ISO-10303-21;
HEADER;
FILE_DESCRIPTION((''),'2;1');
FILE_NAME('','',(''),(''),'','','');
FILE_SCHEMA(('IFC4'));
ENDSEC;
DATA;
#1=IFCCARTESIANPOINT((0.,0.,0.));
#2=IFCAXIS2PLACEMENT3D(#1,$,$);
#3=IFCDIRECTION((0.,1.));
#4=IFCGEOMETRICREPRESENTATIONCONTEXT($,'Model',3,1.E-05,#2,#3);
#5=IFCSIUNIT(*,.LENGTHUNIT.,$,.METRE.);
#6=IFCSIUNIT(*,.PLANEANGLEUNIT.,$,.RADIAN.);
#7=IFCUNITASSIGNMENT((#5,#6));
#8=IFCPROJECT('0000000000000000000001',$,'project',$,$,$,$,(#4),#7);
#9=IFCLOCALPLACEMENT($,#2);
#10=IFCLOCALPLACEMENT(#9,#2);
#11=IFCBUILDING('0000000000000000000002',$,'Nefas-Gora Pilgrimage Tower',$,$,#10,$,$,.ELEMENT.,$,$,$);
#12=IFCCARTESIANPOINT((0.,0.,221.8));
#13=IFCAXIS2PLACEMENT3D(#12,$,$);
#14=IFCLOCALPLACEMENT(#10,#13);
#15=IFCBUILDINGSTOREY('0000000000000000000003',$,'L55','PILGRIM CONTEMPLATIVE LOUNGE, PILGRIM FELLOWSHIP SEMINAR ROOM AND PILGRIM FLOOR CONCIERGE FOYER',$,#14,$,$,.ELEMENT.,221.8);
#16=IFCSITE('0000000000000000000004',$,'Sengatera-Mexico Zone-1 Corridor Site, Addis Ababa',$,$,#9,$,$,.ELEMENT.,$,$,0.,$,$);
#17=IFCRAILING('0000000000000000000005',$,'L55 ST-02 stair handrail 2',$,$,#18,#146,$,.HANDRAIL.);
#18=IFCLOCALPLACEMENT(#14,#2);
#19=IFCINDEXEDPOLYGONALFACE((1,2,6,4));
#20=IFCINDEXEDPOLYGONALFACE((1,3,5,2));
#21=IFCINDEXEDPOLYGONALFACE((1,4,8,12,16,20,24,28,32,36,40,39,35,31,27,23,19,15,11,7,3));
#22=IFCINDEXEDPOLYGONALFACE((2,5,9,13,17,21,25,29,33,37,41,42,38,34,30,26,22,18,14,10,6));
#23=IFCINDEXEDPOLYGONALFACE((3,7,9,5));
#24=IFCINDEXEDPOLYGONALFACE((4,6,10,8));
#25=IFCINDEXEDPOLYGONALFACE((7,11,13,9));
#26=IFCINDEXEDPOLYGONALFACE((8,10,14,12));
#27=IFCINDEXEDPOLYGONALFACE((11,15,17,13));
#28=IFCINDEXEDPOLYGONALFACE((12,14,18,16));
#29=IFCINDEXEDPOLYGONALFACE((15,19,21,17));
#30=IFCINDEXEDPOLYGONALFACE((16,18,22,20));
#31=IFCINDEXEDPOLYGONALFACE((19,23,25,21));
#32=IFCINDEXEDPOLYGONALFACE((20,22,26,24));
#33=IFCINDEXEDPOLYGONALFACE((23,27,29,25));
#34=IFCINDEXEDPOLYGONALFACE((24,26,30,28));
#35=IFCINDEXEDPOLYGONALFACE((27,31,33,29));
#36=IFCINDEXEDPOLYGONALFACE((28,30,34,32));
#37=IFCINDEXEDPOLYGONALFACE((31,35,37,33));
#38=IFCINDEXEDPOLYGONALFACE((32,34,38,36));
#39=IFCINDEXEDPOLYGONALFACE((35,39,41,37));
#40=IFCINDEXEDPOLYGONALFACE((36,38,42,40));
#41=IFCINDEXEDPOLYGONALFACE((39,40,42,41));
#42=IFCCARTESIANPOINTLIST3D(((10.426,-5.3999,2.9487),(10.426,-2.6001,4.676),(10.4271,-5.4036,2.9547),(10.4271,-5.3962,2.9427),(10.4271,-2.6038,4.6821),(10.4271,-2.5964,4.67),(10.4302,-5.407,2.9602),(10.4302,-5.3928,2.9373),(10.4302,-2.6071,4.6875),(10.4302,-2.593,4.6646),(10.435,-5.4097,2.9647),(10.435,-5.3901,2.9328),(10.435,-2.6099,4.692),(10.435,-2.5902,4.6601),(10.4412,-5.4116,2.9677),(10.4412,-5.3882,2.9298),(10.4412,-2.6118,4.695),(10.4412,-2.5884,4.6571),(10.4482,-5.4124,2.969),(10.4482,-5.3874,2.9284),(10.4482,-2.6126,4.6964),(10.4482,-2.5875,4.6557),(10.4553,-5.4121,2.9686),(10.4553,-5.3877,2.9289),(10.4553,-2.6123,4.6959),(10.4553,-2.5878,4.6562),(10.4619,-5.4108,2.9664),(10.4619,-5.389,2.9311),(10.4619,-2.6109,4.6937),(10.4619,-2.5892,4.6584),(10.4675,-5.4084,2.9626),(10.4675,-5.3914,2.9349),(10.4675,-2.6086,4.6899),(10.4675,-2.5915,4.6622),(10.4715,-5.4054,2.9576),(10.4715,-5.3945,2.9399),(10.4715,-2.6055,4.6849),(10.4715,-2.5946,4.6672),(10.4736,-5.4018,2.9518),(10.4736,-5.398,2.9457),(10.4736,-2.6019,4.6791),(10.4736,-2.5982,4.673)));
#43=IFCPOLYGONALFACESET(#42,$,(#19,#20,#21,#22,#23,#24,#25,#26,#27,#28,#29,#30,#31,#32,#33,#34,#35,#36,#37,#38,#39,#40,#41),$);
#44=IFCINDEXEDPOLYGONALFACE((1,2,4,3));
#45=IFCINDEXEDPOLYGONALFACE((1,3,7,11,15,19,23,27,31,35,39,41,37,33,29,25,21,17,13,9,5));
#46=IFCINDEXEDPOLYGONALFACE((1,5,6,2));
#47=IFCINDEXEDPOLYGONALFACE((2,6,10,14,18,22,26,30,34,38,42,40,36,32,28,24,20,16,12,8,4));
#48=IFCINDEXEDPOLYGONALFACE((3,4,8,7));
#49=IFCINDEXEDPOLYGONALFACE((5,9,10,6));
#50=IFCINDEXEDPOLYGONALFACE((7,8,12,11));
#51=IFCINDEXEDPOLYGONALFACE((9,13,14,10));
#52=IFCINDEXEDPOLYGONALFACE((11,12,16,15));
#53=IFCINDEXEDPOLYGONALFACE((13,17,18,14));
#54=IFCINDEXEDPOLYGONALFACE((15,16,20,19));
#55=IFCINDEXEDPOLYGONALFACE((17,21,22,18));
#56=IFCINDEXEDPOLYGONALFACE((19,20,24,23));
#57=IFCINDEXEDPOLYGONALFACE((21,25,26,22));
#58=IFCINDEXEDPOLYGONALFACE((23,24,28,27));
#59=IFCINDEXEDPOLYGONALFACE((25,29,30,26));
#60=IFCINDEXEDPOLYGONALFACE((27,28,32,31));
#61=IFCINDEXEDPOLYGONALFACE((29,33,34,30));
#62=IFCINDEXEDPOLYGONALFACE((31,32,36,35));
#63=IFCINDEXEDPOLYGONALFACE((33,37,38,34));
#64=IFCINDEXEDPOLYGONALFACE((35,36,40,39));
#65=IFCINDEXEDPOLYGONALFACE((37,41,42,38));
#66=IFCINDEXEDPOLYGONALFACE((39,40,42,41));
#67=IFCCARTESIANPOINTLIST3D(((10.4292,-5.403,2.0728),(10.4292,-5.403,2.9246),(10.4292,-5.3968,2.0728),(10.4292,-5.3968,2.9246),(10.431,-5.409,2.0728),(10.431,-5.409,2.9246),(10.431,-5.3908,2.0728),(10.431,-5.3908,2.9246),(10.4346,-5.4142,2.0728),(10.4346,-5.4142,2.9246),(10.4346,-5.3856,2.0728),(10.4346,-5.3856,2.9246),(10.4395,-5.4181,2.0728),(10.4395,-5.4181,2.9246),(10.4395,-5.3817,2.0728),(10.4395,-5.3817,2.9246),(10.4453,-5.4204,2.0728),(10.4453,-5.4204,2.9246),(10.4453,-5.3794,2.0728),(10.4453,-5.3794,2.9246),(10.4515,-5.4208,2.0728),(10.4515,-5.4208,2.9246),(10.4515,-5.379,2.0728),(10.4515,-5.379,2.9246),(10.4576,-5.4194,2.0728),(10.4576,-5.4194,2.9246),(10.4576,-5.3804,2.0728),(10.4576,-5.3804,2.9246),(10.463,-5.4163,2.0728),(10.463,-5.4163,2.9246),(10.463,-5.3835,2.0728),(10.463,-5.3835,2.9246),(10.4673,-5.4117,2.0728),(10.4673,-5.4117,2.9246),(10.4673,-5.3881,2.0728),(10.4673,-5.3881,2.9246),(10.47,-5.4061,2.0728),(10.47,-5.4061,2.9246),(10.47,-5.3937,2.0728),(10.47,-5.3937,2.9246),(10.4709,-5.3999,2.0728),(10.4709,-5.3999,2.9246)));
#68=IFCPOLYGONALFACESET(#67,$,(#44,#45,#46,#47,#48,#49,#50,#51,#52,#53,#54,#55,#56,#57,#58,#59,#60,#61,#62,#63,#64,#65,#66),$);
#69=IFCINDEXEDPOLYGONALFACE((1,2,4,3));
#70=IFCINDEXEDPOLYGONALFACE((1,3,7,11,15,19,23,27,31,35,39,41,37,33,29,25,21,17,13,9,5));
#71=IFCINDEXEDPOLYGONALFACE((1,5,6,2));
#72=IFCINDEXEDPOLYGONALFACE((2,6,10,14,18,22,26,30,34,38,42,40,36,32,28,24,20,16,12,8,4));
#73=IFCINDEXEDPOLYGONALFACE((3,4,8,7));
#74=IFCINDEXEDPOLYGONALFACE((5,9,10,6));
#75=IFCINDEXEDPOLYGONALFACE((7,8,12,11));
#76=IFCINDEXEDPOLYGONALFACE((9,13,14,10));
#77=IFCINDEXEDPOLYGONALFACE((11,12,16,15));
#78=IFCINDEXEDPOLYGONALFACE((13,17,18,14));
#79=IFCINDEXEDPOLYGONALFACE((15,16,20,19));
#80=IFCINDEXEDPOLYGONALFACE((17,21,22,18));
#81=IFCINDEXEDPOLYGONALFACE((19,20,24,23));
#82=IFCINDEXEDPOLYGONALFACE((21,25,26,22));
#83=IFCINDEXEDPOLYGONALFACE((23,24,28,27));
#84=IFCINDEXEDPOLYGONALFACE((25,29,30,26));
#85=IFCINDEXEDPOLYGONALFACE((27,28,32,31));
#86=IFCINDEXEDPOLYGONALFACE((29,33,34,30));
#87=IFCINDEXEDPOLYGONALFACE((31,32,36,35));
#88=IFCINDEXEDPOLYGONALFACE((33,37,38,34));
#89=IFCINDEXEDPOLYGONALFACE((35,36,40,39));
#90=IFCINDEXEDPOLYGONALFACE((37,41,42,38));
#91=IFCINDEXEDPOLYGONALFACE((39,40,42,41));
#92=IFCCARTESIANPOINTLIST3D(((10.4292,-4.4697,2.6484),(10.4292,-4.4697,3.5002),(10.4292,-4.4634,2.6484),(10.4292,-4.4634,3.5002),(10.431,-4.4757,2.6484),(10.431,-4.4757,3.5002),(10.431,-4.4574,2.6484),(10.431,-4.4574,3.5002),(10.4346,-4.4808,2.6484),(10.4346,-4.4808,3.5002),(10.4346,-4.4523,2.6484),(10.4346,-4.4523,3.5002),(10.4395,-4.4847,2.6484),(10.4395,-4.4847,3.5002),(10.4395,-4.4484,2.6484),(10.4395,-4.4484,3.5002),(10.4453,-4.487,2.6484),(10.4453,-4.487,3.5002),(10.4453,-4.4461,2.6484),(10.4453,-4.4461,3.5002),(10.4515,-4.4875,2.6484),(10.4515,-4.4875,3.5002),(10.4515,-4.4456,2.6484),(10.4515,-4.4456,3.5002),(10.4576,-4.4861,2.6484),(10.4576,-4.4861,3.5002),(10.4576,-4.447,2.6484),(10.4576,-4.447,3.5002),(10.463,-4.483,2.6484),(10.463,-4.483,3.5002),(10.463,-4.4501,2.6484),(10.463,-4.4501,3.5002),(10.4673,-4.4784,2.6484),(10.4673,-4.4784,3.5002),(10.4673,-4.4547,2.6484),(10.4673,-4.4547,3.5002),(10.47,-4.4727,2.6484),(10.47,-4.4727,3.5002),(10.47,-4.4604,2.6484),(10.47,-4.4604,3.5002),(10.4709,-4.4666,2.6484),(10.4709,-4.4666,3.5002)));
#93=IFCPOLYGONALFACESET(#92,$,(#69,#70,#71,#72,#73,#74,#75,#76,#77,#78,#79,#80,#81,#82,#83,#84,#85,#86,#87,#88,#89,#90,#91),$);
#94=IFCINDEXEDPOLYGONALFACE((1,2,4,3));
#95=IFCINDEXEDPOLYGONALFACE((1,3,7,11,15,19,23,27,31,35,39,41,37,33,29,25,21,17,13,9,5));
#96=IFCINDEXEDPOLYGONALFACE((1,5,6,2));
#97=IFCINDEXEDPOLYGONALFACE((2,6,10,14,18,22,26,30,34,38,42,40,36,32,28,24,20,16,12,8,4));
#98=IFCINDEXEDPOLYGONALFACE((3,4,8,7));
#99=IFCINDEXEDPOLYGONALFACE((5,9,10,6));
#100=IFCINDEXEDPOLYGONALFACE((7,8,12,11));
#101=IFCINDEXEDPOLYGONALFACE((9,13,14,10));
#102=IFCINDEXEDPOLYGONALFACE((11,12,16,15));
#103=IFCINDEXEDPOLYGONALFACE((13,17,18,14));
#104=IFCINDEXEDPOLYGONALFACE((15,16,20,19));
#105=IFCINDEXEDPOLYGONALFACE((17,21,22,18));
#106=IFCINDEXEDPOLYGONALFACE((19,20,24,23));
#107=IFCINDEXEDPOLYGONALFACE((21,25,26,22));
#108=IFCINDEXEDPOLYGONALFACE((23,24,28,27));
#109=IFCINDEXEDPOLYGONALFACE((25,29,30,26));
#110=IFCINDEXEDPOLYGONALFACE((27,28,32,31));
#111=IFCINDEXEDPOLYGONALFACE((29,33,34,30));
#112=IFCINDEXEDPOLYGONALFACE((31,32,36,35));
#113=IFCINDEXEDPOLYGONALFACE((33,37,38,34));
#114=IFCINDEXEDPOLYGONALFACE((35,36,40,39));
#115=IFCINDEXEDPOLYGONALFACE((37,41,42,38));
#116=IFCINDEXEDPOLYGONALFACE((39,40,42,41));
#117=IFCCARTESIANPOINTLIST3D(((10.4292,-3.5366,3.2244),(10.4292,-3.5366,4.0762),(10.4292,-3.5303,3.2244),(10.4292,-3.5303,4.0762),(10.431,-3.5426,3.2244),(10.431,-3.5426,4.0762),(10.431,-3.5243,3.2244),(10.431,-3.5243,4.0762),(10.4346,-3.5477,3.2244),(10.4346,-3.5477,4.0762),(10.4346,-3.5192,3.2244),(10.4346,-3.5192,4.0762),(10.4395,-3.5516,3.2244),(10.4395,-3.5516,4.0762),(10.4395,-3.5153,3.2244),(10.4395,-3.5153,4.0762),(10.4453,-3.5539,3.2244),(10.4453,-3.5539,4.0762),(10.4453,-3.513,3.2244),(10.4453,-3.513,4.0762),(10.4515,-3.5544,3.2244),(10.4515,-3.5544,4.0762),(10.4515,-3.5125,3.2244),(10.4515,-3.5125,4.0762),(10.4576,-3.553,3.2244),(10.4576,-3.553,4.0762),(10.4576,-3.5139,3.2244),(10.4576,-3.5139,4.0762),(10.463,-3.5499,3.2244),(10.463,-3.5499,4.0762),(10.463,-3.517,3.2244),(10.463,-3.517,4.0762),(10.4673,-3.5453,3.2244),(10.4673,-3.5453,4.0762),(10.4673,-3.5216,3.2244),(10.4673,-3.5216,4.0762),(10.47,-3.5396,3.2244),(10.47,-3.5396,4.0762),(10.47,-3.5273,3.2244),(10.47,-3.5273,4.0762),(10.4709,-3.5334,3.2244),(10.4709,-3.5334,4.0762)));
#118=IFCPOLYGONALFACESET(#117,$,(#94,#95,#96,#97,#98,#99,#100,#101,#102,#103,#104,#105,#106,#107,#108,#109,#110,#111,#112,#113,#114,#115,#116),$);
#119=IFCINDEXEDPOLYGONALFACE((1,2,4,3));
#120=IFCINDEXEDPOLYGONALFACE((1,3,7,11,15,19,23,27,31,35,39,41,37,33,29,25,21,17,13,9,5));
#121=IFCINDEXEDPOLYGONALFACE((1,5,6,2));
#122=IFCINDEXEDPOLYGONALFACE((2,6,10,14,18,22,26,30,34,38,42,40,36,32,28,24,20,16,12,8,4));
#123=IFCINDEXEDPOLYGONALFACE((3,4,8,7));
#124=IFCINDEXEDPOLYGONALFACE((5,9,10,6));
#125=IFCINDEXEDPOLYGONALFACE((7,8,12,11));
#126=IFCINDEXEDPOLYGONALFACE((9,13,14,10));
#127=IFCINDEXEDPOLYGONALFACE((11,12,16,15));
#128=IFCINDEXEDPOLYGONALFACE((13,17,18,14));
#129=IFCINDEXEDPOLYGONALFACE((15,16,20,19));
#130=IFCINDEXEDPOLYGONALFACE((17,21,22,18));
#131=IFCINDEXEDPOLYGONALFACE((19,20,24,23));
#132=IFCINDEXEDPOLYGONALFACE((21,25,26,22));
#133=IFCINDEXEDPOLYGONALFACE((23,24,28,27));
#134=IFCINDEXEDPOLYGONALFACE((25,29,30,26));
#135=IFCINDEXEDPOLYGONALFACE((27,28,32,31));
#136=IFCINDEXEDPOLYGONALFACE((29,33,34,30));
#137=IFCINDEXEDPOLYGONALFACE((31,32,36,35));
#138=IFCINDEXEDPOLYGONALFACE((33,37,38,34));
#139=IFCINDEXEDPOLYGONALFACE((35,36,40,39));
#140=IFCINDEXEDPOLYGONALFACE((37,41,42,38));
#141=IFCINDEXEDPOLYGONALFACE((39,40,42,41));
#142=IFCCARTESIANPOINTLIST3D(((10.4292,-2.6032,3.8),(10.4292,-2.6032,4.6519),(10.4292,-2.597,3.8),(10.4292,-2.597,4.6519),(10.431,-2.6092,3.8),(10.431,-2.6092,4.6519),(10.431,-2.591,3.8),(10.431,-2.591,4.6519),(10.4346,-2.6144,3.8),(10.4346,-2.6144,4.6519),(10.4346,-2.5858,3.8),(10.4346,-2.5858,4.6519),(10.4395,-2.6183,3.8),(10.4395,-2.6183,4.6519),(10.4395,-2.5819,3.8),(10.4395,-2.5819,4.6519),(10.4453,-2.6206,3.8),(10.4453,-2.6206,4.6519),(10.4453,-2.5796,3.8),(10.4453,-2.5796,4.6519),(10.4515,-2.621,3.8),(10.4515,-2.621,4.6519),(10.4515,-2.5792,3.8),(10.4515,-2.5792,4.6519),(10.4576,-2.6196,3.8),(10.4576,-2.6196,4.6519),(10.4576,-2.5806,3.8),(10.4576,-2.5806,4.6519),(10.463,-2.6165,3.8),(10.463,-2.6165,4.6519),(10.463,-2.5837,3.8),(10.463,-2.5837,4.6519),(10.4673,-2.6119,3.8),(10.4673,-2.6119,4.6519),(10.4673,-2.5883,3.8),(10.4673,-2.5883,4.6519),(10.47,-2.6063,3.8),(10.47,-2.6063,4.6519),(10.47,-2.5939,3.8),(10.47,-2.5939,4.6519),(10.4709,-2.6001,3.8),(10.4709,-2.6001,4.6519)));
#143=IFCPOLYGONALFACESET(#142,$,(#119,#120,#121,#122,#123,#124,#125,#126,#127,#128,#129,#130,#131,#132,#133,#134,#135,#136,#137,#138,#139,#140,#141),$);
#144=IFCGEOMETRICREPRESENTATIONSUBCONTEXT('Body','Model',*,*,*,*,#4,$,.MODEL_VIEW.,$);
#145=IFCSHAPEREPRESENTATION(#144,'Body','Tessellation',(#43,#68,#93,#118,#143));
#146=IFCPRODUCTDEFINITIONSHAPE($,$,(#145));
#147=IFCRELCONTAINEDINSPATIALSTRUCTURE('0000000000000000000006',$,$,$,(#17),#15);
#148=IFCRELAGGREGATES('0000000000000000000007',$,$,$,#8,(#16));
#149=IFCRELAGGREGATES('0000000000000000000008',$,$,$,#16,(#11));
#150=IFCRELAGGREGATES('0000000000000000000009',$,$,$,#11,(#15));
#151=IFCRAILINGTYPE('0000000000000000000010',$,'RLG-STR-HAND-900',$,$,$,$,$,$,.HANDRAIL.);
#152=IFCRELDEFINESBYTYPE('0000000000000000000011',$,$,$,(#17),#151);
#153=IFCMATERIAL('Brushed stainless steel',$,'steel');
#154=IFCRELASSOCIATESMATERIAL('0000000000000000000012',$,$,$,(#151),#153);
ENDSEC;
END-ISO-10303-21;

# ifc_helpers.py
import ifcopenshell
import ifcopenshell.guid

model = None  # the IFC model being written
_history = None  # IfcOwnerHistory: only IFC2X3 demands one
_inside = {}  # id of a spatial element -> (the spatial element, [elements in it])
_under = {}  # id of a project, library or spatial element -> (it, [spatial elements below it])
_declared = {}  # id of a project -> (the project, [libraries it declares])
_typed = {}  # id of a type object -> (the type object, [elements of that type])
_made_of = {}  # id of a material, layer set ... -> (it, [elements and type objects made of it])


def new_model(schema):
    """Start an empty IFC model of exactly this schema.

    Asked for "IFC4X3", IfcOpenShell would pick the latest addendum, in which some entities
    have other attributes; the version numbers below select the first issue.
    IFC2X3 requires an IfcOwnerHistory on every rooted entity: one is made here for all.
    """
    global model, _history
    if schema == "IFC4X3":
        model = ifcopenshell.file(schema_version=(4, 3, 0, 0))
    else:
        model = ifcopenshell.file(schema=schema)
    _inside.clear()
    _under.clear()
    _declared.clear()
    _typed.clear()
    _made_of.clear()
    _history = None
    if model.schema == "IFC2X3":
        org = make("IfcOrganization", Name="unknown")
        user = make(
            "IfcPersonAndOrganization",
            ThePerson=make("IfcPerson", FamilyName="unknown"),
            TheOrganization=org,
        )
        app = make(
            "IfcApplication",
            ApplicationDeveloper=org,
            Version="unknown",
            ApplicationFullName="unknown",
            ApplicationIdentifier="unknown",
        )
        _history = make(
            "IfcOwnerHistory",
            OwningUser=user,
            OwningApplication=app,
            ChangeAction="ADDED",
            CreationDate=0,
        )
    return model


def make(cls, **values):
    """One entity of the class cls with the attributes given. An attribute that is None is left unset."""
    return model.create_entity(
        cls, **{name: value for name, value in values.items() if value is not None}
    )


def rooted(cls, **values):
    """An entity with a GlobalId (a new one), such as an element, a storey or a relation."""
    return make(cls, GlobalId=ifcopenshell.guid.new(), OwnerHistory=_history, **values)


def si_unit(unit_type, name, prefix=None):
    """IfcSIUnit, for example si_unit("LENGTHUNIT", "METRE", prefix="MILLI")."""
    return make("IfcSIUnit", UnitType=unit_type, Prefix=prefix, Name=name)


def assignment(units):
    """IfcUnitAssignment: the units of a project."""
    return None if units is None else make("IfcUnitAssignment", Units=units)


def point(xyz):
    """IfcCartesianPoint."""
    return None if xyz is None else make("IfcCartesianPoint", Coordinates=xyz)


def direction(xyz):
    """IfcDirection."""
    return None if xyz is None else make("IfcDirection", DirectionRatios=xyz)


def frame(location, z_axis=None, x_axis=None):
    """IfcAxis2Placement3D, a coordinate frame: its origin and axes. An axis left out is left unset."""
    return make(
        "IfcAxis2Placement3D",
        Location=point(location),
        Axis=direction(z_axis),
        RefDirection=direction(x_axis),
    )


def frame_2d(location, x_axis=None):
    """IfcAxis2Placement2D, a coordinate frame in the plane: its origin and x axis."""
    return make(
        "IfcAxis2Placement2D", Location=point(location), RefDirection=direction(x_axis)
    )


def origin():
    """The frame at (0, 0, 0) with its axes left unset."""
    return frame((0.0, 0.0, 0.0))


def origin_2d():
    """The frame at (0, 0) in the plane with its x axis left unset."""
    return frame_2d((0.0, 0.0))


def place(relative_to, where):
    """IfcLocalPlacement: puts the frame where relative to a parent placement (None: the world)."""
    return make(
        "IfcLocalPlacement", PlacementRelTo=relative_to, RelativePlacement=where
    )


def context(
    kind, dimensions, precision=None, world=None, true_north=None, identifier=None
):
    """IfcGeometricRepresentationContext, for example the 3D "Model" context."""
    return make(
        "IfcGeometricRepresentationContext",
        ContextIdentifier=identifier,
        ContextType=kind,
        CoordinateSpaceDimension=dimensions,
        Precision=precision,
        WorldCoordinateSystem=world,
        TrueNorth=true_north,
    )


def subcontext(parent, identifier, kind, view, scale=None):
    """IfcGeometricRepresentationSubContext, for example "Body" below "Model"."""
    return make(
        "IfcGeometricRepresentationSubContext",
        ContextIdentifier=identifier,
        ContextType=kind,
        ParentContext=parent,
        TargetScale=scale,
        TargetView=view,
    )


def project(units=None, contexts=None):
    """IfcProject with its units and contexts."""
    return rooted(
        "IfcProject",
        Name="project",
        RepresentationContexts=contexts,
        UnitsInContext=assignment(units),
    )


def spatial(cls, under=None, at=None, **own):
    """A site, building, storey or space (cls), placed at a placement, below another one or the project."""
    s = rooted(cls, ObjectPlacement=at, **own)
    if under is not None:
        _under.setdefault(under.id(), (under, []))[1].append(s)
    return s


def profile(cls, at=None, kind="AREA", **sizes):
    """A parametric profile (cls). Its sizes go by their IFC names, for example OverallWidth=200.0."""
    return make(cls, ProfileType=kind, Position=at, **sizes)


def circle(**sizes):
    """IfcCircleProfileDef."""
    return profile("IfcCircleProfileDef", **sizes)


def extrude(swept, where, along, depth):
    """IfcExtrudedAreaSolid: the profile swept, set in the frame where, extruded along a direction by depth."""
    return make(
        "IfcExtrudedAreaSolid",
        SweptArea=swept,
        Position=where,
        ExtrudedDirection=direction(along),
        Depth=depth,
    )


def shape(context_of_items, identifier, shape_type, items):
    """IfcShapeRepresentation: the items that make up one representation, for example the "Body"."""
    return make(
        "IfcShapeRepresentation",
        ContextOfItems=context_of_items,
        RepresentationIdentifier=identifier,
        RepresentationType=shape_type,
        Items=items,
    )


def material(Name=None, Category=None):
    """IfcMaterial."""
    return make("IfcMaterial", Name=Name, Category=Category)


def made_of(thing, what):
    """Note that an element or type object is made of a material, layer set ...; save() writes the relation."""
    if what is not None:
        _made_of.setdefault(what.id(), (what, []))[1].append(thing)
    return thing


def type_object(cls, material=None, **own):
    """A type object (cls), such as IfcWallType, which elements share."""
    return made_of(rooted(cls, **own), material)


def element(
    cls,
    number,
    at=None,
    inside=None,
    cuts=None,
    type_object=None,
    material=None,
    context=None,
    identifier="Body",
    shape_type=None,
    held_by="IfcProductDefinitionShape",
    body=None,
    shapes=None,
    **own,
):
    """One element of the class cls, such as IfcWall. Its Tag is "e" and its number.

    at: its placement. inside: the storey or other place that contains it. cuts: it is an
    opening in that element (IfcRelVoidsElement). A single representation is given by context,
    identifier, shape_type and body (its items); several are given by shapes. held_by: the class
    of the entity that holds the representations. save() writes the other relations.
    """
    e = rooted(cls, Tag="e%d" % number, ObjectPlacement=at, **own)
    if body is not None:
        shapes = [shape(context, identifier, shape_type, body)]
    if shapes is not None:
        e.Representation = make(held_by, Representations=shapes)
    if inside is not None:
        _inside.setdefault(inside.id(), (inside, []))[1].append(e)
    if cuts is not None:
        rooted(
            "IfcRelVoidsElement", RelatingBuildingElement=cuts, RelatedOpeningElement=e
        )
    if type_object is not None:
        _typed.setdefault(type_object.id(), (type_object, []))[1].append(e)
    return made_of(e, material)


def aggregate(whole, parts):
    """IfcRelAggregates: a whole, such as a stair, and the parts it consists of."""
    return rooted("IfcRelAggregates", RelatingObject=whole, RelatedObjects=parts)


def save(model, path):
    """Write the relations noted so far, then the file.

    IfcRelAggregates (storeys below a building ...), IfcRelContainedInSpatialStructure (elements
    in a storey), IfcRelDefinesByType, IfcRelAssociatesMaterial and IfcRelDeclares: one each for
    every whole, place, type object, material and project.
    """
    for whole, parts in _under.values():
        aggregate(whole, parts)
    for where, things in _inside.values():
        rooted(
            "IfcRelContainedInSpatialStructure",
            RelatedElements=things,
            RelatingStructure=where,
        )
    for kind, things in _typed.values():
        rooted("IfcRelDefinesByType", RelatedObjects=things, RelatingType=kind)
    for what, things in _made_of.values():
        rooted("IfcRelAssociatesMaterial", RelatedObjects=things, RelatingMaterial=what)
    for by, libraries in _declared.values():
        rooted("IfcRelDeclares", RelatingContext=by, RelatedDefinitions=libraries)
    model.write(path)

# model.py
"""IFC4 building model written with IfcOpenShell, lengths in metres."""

from ifc_helpers import new_model, si_unit, direction, frame, origin, origin_2d, place, context, subcontext, project, spatial, circle, extrude, material, type_object, element, save


model = new_model("IFC4")

# Units and contexts
model_context = context("Model", 3, precision=1e-05, world=origin(), true_north=direction((0.0, 1.0)))
body_context = subcontext(model_context, "Body", "Model", "MODEL_VIEW")
ifc_project = project(units=[si_unit("LENGTHUNIT", "METRE"), si_unit("PLANEANGLEUNIT", "RADIAN")], contexts=[model_context])

# Site, building, storey
site_placement = place(None, origin())
site = spatial("IfcSite", under=ifc_project, at=site_placement, Name="Sengatera-Mexico Zone-1 Corridor Site, Addis Ababa", CompositionType="ELEMENT", RefElevation=0.0)
building_placement = place(site_placement, origin())
building = spatial("IfcBuilding", under=site, at=building_placement, Name="Nefas-Gora Pilgrimage Tower", CompositionType="ELEMENT")
storey_placement = place(building_placement, frame((0.0, 0.0, 221.8)))
storey = spatial("IfcBuildingStorey", under=building, at=storey_placement, Name="L55", Description="PILGRIM CONTEMPLATIVE LOUNGE, PILGRIM FELLOWSHIP SEMINAR ROOM AND PILGRIM FLOOR CONCIERGE FOYER", CompositionType="ELEMENT", Elevation=221.8)

# Railing
ifc_material_1 = material(Name="Brushed stainless steel", Category="steel")
railing_type_1 = type_object("IfcRailingType", Name="RLG-STR-HAND-900", PredefinedType="HANDRAIL", material=ifc_material_1)
railing_1_placement = place(storey_placement, frame((10.45, -5.3999, 2.0728)))
element("IfcRailing", 1, at=railing_1_placement, inside=storey, type_object=railing_type_1, Name="L55 ST-02 stair handrail 2", PredefinedType="HANDRAIL", context=body_context, shape_type="SweptSolid", body=[
    extrude(circle(Radius=0.0239, at=origin_2d()), frame((0.0, 0.0, 0.876), z_axis=(0.0, 0.851069, 0.525054), x_axis=(-1.0, 0.0, 0.0)), (0.0, 0.0, 1.0), 3.2898),
    extrude(circle(Radius=0.021, at=origin_2d()), origin(), (0.0, 0.0, 1.0), 0.8518),
    extrude(circle(Radius=0.021, at=origin_2d()), frame((0.0, 0.9333, 0.5757)), (0.0, 0.0, 1.0), 0.8518),
    extrude(circle(Radius=0.021, at=origin_2d()), frame((0.0, 1.8665, 1.1516)), (0.0, 0.0, 1.0), 0.8518),
    extrude(circle(Radius=0.021, at=origin_2d()), frame((0.0, 2.7998, 1.7273)), (0.0, 0.0, 1.0), 0.8518),
])

save(model, "model.ifc")
